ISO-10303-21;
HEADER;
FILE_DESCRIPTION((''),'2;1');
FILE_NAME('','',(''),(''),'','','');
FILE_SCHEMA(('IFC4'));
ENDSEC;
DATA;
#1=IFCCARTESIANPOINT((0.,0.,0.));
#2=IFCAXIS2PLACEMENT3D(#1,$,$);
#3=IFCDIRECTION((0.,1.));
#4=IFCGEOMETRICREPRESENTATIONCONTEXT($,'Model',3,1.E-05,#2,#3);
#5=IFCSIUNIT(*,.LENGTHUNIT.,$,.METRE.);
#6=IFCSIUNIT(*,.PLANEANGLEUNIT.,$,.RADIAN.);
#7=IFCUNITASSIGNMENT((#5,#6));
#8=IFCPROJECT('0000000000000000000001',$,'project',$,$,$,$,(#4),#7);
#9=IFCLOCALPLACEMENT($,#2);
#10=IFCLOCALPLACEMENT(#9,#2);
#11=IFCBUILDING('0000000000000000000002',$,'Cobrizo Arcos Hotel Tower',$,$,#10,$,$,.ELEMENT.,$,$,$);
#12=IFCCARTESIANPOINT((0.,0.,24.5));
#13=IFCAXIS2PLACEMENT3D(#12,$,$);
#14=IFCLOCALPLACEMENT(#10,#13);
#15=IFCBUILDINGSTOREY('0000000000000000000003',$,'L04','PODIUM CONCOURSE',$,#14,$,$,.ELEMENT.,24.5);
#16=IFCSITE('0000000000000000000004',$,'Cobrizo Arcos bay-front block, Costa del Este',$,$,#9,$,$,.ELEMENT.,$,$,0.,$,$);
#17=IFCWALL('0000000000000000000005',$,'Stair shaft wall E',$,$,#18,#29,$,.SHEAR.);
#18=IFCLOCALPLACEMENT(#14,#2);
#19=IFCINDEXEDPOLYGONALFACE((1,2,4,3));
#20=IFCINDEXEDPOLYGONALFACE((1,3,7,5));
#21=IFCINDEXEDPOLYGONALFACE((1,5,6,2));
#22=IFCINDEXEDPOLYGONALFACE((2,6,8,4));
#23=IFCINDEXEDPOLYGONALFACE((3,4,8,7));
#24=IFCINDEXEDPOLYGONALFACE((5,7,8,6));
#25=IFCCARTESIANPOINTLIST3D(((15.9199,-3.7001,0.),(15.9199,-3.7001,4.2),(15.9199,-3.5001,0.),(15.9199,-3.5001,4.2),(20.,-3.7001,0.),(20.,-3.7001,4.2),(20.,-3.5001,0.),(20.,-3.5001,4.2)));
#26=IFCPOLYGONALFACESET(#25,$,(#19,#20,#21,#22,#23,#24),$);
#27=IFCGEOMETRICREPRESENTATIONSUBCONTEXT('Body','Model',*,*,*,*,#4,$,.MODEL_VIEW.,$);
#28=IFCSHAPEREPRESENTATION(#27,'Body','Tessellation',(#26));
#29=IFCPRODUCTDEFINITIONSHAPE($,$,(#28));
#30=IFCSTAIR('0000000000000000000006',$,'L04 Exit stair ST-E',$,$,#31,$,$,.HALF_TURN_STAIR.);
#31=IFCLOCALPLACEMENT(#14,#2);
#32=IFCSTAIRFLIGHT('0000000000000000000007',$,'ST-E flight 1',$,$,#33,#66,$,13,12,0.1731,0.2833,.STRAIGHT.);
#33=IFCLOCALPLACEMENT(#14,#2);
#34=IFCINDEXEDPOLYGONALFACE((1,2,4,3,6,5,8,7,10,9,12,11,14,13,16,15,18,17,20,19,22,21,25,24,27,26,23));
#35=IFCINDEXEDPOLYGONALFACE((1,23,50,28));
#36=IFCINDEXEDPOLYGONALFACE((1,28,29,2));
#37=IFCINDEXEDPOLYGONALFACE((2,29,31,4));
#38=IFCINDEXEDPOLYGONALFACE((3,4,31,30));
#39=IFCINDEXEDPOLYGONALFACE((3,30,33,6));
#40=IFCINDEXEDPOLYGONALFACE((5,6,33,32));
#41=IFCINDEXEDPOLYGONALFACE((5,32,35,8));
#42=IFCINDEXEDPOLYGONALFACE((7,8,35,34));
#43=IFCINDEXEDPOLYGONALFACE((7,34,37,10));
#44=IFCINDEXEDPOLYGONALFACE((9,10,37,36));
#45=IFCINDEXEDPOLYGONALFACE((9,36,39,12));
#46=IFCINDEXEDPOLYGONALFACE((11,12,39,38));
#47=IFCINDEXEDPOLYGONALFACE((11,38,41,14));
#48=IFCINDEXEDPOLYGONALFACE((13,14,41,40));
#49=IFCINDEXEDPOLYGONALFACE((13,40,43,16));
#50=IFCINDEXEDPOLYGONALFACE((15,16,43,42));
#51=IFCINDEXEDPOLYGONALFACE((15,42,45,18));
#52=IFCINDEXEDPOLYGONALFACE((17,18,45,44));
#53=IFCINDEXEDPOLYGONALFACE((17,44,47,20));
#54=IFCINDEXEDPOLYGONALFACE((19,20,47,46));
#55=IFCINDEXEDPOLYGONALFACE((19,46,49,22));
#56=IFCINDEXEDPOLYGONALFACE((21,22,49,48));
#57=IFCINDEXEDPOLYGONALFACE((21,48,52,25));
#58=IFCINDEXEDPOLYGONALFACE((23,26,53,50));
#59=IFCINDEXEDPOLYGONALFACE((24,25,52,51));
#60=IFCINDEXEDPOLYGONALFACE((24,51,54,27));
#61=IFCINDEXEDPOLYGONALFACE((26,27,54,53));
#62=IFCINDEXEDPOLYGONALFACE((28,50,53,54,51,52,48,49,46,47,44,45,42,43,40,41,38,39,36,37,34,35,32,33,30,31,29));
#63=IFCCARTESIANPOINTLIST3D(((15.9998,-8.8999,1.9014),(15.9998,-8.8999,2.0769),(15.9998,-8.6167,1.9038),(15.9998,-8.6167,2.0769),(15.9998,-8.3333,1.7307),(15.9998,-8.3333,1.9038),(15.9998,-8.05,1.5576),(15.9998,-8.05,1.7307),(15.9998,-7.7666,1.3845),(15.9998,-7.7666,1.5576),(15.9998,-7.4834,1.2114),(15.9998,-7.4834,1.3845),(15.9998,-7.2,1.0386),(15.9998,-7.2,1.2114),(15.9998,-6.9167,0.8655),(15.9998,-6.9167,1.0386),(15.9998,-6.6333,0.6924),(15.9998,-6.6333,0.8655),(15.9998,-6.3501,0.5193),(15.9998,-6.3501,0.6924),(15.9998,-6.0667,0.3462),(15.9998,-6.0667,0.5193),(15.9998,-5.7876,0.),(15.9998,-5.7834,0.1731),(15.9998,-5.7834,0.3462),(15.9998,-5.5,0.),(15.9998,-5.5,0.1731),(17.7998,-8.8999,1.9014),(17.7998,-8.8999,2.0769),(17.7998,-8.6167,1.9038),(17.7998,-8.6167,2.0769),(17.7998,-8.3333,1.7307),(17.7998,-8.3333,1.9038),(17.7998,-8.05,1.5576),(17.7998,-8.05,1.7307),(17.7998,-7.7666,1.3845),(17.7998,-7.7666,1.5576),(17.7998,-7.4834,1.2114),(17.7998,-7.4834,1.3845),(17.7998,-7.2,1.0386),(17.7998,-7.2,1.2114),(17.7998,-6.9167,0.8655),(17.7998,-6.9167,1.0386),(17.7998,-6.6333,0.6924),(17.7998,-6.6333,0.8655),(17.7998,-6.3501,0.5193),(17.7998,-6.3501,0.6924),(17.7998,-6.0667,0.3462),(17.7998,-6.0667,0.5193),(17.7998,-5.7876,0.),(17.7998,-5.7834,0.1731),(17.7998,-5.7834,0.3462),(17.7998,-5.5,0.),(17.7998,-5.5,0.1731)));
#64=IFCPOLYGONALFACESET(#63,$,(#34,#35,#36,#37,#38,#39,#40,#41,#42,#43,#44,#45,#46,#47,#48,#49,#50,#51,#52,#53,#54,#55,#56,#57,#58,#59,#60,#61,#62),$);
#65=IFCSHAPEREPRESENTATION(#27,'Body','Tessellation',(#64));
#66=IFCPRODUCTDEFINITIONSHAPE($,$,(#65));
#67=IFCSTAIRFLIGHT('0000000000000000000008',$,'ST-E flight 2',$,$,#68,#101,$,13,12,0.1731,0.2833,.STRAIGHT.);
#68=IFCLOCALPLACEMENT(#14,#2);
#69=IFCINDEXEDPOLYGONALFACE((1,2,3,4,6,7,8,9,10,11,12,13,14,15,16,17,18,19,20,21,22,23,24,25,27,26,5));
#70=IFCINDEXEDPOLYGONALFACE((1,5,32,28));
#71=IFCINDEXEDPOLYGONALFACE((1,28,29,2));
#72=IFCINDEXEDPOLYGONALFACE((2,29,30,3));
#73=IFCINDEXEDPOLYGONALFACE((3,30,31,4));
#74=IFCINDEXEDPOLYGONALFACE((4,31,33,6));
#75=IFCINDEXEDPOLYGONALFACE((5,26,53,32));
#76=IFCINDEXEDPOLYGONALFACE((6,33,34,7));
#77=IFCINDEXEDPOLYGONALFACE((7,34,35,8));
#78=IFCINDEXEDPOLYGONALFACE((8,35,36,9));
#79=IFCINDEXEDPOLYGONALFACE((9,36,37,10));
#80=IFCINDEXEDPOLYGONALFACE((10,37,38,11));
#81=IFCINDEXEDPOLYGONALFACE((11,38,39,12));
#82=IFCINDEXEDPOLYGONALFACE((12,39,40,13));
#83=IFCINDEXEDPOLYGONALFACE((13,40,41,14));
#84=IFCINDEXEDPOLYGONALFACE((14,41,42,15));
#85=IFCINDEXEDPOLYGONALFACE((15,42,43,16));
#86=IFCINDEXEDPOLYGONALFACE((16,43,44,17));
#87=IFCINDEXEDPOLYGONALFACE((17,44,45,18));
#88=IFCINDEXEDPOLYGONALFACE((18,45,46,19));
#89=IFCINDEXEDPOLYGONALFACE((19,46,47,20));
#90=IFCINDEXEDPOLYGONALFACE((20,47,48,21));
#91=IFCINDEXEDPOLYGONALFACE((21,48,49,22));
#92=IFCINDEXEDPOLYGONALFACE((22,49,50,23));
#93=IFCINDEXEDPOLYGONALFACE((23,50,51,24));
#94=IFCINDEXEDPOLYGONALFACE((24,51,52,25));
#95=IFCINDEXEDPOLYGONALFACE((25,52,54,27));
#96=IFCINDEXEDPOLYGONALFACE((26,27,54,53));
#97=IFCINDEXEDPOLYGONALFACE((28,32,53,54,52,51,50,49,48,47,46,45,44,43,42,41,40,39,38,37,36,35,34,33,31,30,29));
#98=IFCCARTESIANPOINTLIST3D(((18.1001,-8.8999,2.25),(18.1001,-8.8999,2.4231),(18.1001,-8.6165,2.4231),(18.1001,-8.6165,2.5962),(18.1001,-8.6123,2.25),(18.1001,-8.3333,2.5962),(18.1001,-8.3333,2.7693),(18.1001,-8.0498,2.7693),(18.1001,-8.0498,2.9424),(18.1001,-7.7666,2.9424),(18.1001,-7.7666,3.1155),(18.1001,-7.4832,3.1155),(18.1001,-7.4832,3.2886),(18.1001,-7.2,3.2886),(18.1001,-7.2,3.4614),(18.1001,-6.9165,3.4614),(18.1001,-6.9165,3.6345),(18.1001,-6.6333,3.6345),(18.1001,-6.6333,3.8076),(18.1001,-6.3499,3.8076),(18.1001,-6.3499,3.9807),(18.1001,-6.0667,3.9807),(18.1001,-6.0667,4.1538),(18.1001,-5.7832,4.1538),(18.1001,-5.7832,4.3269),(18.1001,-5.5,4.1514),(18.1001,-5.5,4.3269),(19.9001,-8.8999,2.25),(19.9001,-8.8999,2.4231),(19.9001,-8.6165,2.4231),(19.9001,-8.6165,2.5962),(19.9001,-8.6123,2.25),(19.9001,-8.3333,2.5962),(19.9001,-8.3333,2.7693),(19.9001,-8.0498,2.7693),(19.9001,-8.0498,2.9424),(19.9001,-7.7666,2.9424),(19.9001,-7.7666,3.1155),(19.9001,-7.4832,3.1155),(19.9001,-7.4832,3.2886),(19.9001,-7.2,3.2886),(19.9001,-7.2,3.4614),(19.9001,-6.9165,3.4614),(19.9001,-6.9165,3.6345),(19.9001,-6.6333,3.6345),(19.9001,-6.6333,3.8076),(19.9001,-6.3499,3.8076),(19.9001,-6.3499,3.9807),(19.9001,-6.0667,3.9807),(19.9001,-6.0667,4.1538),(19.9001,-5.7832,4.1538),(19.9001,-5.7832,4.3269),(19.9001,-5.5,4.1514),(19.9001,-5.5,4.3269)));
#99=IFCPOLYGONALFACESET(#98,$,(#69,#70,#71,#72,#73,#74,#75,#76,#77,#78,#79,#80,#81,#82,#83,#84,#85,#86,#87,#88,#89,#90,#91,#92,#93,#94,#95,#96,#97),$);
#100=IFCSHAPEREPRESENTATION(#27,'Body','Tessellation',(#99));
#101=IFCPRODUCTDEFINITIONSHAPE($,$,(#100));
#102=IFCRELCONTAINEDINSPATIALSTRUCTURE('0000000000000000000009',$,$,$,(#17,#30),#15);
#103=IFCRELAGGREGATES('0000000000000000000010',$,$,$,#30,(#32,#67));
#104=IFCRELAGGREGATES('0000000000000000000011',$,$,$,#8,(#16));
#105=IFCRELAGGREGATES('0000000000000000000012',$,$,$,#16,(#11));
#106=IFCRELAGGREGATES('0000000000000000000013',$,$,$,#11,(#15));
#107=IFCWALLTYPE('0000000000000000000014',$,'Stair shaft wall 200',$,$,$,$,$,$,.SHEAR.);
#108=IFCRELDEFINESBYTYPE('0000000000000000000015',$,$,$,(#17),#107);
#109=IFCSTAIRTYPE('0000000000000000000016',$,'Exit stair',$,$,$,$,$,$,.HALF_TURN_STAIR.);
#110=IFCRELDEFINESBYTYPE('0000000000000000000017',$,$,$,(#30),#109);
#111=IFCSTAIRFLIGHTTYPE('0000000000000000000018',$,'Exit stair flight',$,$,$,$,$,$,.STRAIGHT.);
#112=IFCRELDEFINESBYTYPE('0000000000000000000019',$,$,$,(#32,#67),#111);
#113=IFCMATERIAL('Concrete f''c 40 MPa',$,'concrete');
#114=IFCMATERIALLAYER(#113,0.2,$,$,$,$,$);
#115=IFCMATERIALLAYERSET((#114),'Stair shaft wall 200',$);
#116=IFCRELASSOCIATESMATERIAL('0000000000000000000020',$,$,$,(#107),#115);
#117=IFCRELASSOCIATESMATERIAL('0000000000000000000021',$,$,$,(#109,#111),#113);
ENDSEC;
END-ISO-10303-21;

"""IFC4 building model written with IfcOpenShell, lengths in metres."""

from ifc_helpers import new_model, si_unit, direction, frame, frame_2d, origin, place, context, subcontext, project, spatial, polyline, rectangle, outline, extrude, material, layer, layer_set, type_object, element, aggregate, save


model = new_model("IFC4")

# Units and contexts
model_context = context("Model", 3, precision=1e-05, world=origin(), true_north=direction((0.0, 1.0)))
body_context = subcontext(model_context, "Body", "Model", "MODEL_VIEW")
ifc_project = project(units=[si_unit("LENGTHUNIT", "METRE"), si_unit("PLANEANGLEUNIT", "RADIAN")], contexts=[model_context])

# Site, building, storey
site_placement = place(None, origin())
site = spatial("IfcSite", under=ifc_project, at=site_placement, Name="Cobrizo Arcos bay-front block, Costa del Este", CompositionType="ELEMENT", RefElevation=0.0)
building_placement = place(site_placement, origin())
building = spatial("IfcBuilding", under=site, at=building_placement, Name="Cobrizo Arcos Hotel Tower", CompositionType="ELEMENT")
storey_placement = place(building_placement, frame((0.0, 0.0, 24.5)))
storey = spatial("IfcBuildingStorey", under=building, at=storey_placement, Name="L04", Description="PODIUM CONCOURSE", CompositionType="ELEMENT", Elevation=24.5)

# Wall
ifc_material_1 = material(Name="Concrete f'c 40 MPa", Category="concrete")
ifc_layer_1 = layer(ifc_material_1, 0.2)
ifc_layer_set_1 = layer_set([ifc_layer_1], Name="Stair shaft wall 200")
wall_type_1 = type_object("IfcWallType", Name="Stair shaft wall 200", PredefinedType="SHEAR", material=ifc_layer_set_1)
wall_1_placement = place(storey_placement, frame((15.9199, -3.6001, 0.0), z_axis=(0.0, 0.0, 1.0), x_axis=(1.0, 0.0, 0.0)))
element("IfcWall", 1, at=wall_1_placement, inside=storey, type_object=wall_type_1, Name="Stair shaft wall E", PredefinedType="SHEAR", context=body_context, shape_type="SweptSolid", body=[
    extrude(rectangle(XDim=4.0801, YDim=0.2, at=frame_2d((2.04, 0.0))), origin(), (0.0, 0.0, 1.0), 4.2),
])

# Stair, stair flights
stair_type = type_object("IfcStairType", Name="Exit stair", PredefinedType="HALF_TURN_STAIR", material=ifc_material_1)
stair_placement = place(storey_placement, origin())
stair = element("IfcStair", 2, at=stair_placement, inside=storey, type_object=stair_type, Name="L04 Exit stair ST-E", PredefinedType="HALF_TURN_STAIR")
stair_flight_type = type_object("IfcStairFlightType", Name="Exit stair flight", PredefinedType="STRAIGHT", material=ifc_material_1)
stair_flight_1_placement = place(storey_placement, frame((16.8999, -5.5, 0.0), z_axis=(0.0, 0.0, 1.0), x_axis=(0.0, -1.0, 0.0)))
stair_flight_1 = element("IfcStairFlight", 3, at=stair_flight_1_placement, type_object=stair_flight_type, Name="ST-E flight 1", NumberOfRisers=13, NumberOfTreads=12, PredefinedType="STRAIGHT", RiserHeight=0.1731, TreadLength=0.2833, context=body_context, shape_type="SweptSolid", body=[
    extrude(outline(polyline([(0.0, 0.0), (0.0, 0.1731), (0.2834, 0.1731), (0.2834, 0.3462), (0.5667, 0.3462), (0.5667, 0.5193), (0.8501, 0.5193), (0.8501, 0.6924), (1.1333, 0.6924), (1.1333, 0.8655), (1.4167, 0.8655), (1.4167, 1.0386), (1.7, 1.0386), (1.7, 1.2114), (1.9834, 1.2114), (1.9834, 1.3845), (2.2666, 1.3845), (2.2666, 1.5576), (2.55, 1.5576), (2.55, 1.7307), (2.8333, 1.7307), (2.8333, 1.9038), (3.1167, 1.9038), (3.1167, 2.0769), (3.3999, 2.0769), (3.3999, 2.25), (3.3999, 1.9014), (0.2876, 0.0), (0.0, 0.0)])), frame((0.0, 0.8999, 0.0), z_axis=(0.0, -1.0, 0.0), x_axis=(1.0, 0.0, 0.0)), (0.0, 0.0, 1.0), 1.8),
])
stair_flight_2_placement = place(storey_placement, frame((19.0, -8.8999, 2.25), z_axis=(0.0, 0.0, 1.0), x_axis=(0.0, 1.0, 0.0)))
stair_flight_2 = element("IfcStairFlight", 4, at=stair_flight_2_placement, type_object=stair_flight_type, Name="ST-E flight 2", NumberOfRisers=13, NumberOfTreads=12, PredefinedType="STRAIGHT", RiserHeight=0.1731, TreadLength=0.2833, context=body_context, shape_type="SweptSolid", body=[
    extrude(outline(polyline([(0.0, 0.0), (0.0, 0.1731), (0.2834, 0.1731), (0.2834, 0.3462), (0.5667, 0.3462), (0.5667, 0.5193), (0.8501, 0.5193), (0.8501, 0.6924), (1.1333, 0.6924), (1.1333, 0.8655), (1.4167, 0.8655), (1.4167, 1.0386), (1.7, 1.0386), (1.7, 1.2114), (1.9834, 1.2114), (1.9834, 1.3845), (2.2666, 1.3845), (2.2666, 1.5576), (2.55, 1.5576), (2.55, 1.7307), (2.8333, 1.7307), (2.8333, 1.9038), (3.1167, 1.9038), (3.1167, 2.0769), (3.3999, 2.0769), (3.3999, 2.25), (3.3999, 1.9014), (0.2876, 0.0), (0.0, 0.0)])), frame((0.0, 0.8999, 0.0), z_axis=(0.0, -1.0, 0.0), x_axis=(1.0, 0.0, 0.0)), (0.0, 0.0, 1.0), 1.8),
])
aggregate(stair, [stair_flight_1, stair_flight_2])

save(model, "model.ifc")
